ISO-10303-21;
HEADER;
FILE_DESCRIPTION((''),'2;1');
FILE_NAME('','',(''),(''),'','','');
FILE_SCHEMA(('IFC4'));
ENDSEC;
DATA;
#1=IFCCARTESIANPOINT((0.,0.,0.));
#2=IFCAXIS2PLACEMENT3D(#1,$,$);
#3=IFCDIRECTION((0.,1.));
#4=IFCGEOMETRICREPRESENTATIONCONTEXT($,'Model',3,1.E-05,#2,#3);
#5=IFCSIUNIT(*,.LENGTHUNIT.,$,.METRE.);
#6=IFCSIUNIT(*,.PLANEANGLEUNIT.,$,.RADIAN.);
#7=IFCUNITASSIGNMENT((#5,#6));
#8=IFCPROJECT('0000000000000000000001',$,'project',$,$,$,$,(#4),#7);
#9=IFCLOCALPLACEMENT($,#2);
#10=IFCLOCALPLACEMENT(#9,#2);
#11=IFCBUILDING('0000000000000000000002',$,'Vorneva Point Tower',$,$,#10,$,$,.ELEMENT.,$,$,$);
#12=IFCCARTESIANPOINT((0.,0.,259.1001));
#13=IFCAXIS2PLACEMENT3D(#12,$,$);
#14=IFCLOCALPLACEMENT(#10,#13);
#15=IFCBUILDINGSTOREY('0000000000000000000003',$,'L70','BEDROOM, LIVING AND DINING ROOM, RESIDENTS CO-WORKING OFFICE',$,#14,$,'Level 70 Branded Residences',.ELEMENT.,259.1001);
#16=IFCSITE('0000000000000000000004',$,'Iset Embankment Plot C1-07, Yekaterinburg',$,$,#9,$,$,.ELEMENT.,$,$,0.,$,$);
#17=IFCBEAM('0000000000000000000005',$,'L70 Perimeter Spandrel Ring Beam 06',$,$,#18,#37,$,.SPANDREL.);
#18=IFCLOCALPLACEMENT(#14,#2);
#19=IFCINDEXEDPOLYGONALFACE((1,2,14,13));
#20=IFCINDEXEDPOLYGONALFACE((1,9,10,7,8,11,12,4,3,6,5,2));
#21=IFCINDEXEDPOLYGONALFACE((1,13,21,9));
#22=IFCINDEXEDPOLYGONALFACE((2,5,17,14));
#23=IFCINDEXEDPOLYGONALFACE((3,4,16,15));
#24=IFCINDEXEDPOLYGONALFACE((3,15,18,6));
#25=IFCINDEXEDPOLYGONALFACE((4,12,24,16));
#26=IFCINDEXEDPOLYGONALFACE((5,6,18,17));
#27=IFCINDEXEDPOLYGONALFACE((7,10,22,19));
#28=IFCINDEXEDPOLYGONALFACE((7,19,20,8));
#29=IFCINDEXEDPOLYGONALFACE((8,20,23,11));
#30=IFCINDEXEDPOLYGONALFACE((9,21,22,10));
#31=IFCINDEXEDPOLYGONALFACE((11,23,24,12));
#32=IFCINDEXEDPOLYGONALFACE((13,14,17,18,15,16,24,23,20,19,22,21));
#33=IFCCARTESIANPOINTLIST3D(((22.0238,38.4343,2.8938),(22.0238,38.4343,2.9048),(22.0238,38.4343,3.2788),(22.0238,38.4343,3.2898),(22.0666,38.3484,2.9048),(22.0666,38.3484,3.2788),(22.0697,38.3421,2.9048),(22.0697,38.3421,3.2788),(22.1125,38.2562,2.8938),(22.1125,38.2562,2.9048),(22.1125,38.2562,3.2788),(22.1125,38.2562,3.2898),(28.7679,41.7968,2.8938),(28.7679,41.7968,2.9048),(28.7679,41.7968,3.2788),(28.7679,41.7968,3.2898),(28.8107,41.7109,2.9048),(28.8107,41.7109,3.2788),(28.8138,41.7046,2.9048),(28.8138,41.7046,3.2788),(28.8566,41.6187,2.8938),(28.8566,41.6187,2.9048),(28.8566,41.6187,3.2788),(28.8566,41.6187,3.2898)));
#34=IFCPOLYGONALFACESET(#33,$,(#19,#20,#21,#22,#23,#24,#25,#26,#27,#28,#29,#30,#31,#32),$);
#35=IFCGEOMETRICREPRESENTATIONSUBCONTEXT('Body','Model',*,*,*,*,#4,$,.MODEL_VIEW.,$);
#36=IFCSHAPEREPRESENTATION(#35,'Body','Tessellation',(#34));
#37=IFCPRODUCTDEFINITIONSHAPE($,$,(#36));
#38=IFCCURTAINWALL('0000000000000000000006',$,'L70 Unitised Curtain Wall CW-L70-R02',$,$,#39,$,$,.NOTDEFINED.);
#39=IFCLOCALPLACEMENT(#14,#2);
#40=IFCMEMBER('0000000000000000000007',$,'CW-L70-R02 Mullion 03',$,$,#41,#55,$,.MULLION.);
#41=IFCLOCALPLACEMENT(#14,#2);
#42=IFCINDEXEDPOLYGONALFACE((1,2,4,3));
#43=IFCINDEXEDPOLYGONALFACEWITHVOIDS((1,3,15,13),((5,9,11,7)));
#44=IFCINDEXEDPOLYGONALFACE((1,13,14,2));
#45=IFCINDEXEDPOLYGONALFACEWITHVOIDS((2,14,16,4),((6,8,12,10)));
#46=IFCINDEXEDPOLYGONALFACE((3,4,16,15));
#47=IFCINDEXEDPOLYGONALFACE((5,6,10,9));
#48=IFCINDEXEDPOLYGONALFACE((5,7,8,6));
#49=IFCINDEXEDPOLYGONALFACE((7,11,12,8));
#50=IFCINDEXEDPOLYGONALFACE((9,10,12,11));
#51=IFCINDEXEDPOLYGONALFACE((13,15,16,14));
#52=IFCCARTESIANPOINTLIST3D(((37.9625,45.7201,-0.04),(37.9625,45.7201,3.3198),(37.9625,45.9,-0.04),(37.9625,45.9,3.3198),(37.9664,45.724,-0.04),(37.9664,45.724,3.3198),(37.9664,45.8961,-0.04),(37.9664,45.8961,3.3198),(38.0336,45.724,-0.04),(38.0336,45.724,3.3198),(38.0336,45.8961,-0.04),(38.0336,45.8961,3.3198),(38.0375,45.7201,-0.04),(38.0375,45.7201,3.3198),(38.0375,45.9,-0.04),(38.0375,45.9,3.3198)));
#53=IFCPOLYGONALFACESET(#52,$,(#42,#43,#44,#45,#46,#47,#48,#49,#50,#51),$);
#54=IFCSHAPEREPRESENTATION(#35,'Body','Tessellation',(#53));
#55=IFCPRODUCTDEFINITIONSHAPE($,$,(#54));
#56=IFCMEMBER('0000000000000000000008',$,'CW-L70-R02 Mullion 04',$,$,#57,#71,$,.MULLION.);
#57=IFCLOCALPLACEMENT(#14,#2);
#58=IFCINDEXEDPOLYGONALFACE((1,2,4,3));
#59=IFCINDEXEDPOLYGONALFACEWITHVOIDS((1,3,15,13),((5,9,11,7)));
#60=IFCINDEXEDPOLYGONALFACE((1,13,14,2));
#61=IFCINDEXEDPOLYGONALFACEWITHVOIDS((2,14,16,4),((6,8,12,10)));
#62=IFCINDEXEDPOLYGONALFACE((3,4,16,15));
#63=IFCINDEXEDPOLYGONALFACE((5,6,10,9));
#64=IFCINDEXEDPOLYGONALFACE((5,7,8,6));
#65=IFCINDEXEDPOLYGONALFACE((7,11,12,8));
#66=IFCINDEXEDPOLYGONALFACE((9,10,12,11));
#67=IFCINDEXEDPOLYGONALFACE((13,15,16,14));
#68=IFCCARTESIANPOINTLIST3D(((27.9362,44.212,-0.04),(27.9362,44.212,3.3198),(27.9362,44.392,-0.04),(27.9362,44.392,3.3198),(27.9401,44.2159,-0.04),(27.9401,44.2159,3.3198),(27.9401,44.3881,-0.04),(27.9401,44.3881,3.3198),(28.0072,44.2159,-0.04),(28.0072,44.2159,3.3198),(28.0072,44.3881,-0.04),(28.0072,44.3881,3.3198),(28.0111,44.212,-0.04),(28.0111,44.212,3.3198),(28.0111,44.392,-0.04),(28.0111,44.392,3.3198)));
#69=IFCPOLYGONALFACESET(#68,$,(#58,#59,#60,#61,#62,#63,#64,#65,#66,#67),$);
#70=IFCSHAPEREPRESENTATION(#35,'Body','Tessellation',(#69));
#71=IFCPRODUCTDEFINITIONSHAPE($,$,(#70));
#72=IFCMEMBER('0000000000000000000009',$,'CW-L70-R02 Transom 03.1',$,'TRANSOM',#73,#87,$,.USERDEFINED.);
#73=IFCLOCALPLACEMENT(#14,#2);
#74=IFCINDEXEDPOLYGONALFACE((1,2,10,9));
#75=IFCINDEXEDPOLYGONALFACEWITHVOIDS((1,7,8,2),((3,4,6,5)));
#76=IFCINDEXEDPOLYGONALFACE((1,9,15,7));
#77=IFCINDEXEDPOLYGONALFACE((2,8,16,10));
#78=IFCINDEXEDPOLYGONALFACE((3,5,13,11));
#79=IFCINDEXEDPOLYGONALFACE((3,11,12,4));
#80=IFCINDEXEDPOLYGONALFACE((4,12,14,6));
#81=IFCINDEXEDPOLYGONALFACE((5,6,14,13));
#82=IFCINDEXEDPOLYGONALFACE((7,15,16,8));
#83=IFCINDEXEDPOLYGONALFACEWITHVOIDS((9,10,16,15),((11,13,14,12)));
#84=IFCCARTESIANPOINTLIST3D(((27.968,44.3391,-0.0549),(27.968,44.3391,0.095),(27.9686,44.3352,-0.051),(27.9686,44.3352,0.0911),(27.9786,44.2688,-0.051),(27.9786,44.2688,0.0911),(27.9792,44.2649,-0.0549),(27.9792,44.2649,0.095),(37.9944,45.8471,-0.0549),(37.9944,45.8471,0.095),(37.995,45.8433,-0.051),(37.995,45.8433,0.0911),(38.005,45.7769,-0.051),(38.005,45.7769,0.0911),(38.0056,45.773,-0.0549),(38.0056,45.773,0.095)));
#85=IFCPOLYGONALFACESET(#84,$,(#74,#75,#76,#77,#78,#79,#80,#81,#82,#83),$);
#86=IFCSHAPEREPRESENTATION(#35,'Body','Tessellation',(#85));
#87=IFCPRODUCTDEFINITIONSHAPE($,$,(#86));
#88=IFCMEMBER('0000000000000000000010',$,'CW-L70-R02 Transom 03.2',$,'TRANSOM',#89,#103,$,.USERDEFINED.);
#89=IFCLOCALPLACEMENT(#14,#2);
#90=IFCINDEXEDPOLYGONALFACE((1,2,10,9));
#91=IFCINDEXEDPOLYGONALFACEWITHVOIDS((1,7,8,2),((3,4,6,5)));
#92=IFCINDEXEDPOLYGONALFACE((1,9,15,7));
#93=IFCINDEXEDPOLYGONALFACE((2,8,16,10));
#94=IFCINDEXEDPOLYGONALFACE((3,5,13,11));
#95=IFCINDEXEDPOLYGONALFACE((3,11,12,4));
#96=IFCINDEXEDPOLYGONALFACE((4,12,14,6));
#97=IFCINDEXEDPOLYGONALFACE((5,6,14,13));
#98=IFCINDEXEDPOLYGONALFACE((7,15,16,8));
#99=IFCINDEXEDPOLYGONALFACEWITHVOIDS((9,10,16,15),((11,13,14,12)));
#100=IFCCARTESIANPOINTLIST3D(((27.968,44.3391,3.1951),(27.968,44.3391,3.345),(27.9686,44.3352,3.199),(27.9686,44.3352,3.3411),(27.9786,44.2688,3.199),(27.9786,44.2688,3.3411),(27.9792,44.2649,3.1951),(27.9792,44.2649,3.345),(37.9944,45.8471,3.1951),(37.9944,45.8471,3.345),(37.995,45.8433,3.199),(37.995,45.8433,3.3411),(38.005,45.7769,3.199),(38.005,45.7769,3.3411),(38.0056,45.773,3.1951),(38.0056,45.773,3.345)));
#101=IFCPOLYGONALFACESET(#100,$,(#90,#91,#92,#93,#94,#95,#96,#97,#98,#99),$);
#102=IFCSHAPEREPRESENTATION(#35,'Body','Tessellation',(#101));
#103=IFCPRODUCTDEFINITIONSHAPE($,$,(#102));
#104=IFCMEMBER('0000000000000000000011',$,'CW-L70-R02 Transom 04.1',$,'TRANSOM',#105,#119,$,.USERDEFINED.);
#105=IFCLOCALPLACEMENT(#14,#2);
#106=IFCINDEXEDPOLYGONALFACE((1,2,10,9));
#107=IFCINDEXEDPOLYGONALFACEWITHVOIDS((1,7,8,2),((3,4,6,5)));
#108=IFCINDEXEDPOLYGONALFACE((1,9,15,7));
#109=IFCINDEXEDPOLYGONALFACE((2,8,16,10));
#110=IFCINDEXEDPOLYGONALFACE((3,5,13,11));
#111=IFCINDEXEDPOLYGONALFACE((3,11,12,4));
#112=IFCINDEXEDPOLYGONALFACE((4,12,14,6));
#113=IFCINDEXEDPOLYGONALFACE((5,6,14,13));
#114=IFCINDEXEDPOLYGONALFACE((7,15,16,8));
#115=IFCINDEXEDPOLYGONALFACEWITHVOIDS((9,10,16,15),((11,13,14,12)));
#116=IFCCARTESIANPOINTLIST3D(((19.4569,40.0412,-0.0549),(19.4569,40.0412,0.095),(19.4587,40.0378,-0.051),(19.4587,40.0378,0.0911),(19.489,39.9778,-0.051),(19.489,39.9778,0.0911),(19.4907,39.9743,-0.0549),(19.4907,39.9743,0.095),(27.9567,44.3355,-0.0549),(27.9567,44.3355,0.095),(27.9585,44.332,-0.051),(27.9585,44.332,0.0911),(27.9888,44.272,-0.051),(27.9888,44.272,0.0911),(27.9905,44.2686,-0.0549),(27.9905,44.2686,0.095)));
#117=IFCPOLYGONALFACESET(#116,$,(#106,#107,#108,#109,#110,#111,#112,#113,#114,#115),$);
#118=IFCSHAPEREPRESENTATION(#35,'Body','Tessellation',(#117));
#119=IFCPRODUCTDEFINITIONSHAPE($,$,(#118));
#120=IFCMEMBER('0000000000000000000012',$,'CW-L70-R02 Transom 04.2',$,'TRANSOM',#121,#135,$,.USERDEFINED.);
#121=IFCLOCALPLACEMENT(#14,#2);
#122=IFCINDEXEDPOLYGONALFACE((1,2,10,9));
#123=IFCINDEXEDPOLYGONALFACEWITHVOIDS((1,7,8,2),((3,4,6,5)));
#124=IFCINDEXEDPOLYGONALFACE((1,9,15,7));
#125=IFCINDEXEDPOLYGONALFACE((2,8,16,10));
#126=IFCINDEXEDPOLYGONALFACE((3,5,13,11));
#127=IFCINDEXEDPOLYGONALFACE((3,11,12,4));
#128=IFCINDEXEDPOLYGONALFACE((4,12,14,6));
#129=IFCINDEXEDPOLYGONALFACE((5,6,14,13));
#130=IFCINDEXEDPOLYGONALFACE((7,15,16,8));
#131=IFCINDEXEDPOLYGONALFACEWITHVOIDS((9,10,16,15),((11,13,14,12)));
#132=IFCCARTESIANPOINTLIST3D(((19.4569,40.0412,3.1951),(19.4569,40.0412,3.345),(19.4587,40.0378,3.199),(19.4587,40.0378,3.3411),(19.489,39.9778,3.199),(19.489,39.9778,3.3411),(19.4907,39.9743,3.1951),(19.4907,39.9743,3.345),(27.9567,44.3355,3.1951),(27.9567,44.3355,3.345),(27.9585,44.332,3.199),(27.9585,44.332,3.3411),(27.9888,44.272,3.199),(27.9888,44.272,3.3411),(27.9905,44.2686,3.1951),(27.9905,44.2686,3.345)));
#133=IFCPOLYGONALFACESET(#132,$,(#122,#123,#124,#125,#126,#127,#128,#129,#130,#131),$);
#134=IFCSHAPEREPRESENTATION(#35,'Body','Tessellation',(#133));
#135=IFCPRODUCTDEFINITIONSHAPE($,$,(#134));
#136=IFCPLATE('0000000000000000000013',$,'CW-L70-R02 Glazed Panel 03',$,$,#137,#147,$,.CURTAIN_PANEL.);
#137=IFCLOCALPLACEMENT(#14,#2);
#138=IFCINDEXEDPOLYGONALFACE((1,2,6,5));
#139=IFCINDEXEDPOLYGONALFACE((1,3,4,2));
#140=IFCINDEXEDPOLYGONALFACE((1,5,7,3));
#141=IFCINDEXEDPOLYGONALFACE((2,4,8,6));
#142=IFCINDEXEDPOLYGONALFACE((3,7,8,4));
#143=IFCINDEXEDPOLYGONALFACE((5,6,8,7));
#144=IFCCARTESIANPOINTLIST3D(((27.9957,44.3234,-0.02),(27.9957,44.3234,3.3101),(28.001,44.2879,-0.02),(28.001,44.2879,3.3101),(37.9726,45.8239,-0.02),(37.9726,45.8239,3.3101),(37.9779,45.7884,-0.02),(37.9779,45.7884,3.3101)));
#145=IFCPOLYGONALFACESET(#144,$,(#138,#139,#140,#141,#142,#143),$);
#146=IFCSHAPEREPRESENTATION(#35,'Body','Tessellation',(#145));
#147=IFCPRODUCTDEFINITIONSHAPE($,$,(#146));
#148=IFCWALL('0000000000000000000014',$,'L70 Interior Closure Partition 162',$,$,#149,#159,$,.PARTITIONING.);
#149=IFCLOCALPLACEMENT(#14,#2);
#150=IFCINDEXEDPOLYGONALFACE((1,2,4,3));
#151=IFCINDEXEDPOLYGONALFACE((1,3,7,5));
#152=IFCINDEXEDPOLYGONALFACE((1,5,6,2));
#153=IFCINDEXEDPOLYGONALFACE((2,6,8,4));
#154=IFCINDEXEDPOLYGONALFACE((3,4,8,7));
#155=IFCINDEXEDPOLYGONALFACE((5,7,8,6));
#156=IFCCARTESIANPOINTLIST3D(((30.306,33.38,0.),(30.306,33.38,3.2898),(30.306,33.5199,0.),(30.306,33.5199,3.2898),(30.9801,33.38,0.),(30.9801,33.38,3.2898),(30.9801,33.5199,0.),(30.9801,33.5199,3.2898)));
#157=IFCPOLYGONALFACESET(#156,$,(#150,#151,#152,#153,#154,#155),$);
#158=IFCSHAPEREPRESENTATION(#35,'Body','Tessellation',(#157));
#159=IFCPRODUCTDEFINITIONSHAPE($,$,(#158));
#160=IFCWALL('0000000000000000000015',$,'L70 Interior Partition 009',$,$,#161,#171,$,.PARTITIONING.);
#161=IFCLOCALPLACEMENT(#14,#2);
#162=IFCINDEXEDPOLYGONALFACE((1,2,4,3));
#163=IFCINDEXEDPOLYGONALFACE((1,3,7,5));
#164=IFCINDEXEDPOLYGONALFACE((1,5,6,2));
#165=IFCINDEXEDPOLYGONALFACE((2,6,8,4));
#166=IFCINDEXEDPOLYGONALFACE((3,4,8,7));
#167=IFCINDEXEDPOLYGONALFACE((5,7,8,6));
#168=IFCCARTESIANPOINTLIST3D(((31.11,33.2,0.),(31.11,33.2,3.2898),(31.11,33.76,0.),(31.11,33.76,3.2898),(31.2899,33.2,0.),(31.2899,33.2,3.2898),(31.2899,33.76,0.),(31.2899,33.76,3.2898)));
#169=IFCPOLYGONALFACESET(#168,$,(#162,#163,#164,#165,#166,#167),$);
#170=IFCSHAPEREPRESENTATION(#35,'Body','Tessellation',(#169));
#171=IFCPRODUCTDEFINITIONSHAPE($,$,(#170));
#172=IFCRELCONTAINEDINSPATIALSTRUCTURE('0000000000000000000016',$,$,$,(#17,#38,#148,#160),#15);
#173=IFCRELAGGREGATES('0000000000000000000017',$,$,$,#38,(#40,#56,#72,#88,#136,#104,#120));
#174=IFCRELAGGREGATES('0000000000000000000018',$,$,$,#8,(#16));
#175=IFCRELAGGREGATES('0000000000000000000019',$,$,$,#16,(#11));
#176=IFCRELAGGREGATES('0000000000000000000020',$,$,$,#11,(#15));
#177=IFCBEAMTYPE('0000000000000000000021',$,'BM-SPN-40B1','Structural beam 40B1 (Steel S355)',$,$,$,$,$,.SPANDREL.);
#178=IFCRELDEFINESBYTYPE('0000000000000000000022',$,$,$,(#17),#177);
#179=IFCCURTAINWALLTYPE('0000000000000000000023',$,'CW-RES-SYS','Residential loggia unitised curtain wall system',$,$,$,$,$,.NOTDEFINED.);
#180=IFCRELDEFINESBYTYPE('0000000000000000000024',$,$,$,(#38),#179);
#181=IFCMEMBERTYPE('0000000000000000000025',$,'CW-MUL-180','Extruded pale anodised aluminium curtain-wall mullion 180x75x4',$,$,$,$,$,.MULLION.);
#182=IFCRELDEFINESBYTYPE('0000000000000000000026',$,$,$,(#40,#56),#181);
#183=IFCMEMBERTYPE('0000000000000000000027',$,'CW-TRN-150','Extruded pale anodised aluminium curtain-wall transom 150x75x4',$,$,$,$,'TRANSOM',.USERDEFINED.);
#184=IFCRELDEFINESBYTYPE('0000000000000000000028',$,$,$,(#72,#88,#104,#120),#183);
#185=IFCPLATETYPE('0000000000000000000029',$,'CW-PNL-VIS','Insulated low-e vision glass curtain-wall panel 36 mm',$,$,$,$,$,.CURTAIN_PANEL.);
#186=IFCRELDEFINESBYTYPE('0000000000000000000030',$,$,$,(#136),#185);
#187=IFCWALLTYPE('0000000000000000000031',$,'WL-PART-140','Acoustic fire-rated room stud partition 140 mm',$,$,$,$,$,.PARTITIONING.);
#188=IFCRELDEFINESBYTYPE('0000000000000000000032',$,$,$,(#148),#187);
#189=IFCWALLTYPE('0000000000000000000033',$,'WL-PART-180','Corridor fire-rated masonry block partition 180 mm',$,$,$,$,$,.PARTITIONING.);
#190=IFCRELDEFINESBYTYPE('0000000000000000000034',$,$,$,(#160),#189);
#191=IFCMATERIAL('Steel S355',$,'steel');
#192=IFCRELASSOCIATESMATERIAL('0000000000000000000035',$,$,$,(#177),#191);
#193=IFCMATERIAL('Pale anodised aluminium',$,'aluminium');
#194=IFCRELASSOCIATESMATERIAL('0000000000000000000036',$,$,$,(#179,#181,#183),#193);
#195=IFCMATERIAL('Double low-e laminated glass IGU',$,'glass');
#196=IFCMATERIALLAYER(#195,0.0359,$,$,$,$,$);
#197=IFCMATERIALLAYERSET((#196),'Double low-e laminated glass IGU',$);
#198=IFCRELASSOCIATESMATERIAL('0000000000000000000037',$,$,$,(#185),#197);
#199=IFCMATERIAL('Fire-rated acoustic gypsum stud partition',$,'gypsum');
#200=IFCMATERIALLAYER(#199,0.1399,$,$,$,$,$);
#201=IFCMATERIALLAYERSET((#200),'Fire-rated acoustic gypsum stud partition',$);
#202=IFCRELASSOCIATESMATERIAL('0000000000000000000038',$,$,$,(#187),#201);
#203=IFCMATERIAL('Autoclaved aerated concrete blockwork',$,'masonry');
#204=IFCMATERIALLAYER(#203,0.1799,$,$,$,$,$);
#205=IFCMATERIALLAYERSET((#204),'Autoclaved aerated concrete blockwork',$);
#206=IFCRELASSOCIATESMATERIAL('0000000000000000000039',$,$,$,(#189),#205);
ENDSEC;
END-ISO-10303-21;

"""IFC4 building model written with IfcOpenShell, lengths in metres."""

from ifc_helpers import new_model, si_unit, direction, frame, frame_2d, origin, origin_2d, place, context, subcontext, project, spatial, rectangle, hollow_rectangle, i_section, extrude, material, layer, layer_set, material_profile, profile_set, type_object, element, aggregate, save


model = new_model("IFC4")

# Units and contexts
model_context = context("Model", 3, precision=1e-05, world=origin(), true_north=direction((0.0, 1.0)))
body_context = subcontext(model_context, "Body", "Model", "MODEL_VIEW")
ifc_project = project(units=[si_unit("LENGTHUNIT", "METRE"), si_unit("PLANEANGLEUNIT", "RADIAN")], contexts=[model_context])

# Site, building, storey
site_placement = place(None, origin())
site = spatial("IfcSite", under=ifc_project, at=site_placement, Name="Iset Embankment Plot C1-07, Yekaterinburg", CompositionType="ELEMENT", RefElevation=0.0)
building_placement = place(site_placement, origin())
building = spatial("IfcBuilding", under=site, at=building_placement, Name="Vorneva Point Tower", CompositionType="ELEMENT")
storey_placement = place(building_placement, frame((0.0, 0.0, 259.1001)))
storey = spatial("IfcBuildingStorey", under=building, at=storey_placement, Name="L70", Description="BEDROOM, LIVING AND DINING ROOM, RESIDENTS CO-WORKING OFFICE", LongName="Level 70 Branded Residences", CompositionType="ELEMENT", Elevation=259.1001)

# Beam
ifc_material_1 = material(Name="Steel S355", Category="steel")
ifc_material_profile_1 = material_profile(ifc_material_1, i_section(OverallWidth=0.199, OverallDepth=0.396, WebThickness=0.0071, FlangeThickness=0.011, at=origin_2d()), Name="40B1")
ifc_profile_set_1 = profile_set([ifc_material_profile_1], Name="Steel S355")
beam_type_1 = type_object("IfcBeamType", Name="BM-SPN-40B1", Description="Structural beam 40B1 (Steel S355)", PredefinedType="SPANDREL", material=ifc_profile_set_1)
beam_1_placement = place(storey_placement, frame((28.8123, 41.7078, 3.0918), z_axis=(-0.894932, -0.446203, 0.0), x_axis=(0.446203, -0.894932, 0.0)))
element("IfcBeam", 1, at=beam_1_placement, inside=storey, type_object=beam_type_1, Name="L70 Perimeter Spandrel Ring Beam 06", PredefinedType="SPANDREL", context=body_context, shape_type="SweptSolid", body=[
    extrude(i_section(OverallWidth=0.199, OverallDepth=0.396, WebThickness=0.0071, FlangeThickness=0.011, at=origin_2d()), origin(), (0.0, 0.0, 1.0), 7.5359),
])

# Curtain wall, members, plate
ifc_material_2 = material(Name="Pale anodised aluminium", Category="aluminium")
curtain_wall_type = type_object("IfcCurtainWallType", Name="CW-RES-SYS", Description="Residential loggia unitised curtain wall system", PredefinedType="NOTDEFINED", material=ifc_material_2)
curtain_wall_placement = place(storey_placement, origin())
curtain_wall = element("IfcCurtainWall", 2, at=curtain_wall_placement, inside=storey, type_object=curtain_wall_type, Name="L70 Unitised Curtain Wall CW-L70-R02", PredefinedType="NOTDEFINED")
ifc_material_profile_2 = material_profile(ifc_material_2, hollow_rectangle(XDim=0.075, YDim=0.1799, WallThickness=0.0039, at=origin_2d()), Name="AL-MUL 180x75x4")
ifc_profile_set_2 = profile_set([ifc_material_profile_2], Name="Pale anodised aluminium")
member_type_1 = type_object("IfcMemberType", Name="CW-MUL-180", Description="Extruded pale anodised aluminium curtain-wall mullion 180x75x4", PredefinedType="MULLION", material=ifc_profile_set_2)
member_1_placement = place(storey_placement, frame((38.0, 45.8101, -0.04), z_axis=(0.0, 0.0, 1.0), x_axis=(1.0, 0.0, 0.0)))
member_1 = element("IfcMember", 3, at=member_1_placement, type_object=member_type_1, Name="CW-L70-R02 Mullion 03", PredefinedType="MULLION", context=body_context, shape_type="SweptSolid", body=[
    extrude(hollow_rectangle(XDim=0.075, YDim=0.1799, WallThickness=0.0039, at=origin_2d()), origin(), (0.0, 0.0, 1.0), 3.3599),
])
member_2_placement = place(storey_placement, frame((27.9736, 44.302, -0.04), z_axis=(0.0, 0.0, 1.0), x_axis=(1.0, 0.0, 0.0)))
member_2 = element("IfcMember", 4, at=member_2_placement, type_object=member_type_1, Name="CW-L70-R02 Mullion 04", PredefinedType="MULLION", context=body_context, shape_type="SweptSolid", body=[
    extrude(hollow_rectangle(XDim=0.075, YDim=0.1799, WallThickness=0.0039, at=origin_2d()), origin(), (0.0, 0.0, 1.0), 3.3599),
])
ifc_material_profile_3 = material_profile(ifc_material_2, hollow_rectangle(XDim=0.075, YDim=0.1499, WallThickness=0.0039, at=origin_2d()), Name="AL-TRN 150x75x4")
ifc_profile_set_3 = profile_set([ifc_material_profile_3], Name="Pale anodised aluminium")
member_type_2 = type_object("IfcMemberType", Name="CW-TRN-150", Description="Extruded pale anodised aluminium curtain-wall transom 150x75x4", ElementType="TRANSOM", PredefinedType="USERDEFINED", material=ifc_profile_set_3)
member_3_placement = place(storey_placement, frame((38.0, 45.8101, 0.02), z_axis=(-0.988877, -0.148736, 0.0), x_axis=(0.148736, -0.988877, 0.0)))
member_3 = element("IfcMember", 5, at=member_3_placement, type_object=member_type_2, Name="CW-L70-R02 Transom 03.1", ObjectType="TRANSOM", PredefinedType="USERDEFINED", context=body_context, shape_type="SweptSolid", body=[
    extrude(hollow_rectangle(XDim=0.075, YDim=0.1499, WallThickness=0.0039, at=origin_2d()), origin(), (0.0, 0.0, 1.0), 10.1392),
])
member_4_placement = place(storey_placement, frame((38.0, 45.8101, 3.27), z_axis=(-0.988877, -0.148736, 0.0), x_axis=(0.148736, -0.988877, 0.0)))
member_4 = element("IfcMember", 6, at=member_4_placement, type_object=member_type_2, Name="CW-L70-R02 Transom 03.2", ObjectType="TRANSOM", PredefinedType="USERDEFINED", context=body_context, shape_type="SweptSolid", body=[
    extrude(hollow_rectangle(XDim=0.075, YDim=0.1499, WallThickness=0.0039, at=origin_2d()), origin(), (0.0, 0.0, 1.0), 10.1392),
])
member_5_placement = place(storey_placement, frame((27.9736, 44.302, 0.02), z_axis=(-0.892558, -0.450932, 0.0), x_axis=(0.450932, -0.892558, 0.0)))
member_5 = element("IfcMember", 7, at=member_5_placement, type_object=member_type_2, Name="CW-L70-R02 Transom 04.1", ObjectType="TRANSOM", PredefinedType="USERDEFINED", context=body_context, shape_type="SweptSolid", body=[
    extrude(hollow_rectangle(XDim=0.075, YDim=0.1499, WallThickness=0.0039, at=origin_2d()), origin(), (0.0, 0.0, 1.0), 9.5229),
])
member_6_placement = place(storey_placement, frame((27.9736, 44.302, 3.27), z_axis=(-0.892558, -0.450932, 0.0), x_axis=(0.450932, -0.892558, 0.0)))
member_6 = element("IfcMember", 8, at=member_6_placement, type_object=member_type_2, Name="CW-L70-R02 Transom 04.2", ObjectType="TRANSOM", PredefinedType="USERDEFINED", context=body_context, shape_type="SweptSolid", body=[
    extrude(hollow_rectangle(XDim=0.075, YDim=0.1499, WallThickness=0.0039, at=origin_2d()), origin(), (0.0, 0.0, 1.0), 9.5229),
])
ifc_material_3 = material(Name="Double low-e laminated glass IGU", Category="glass")
ifc_layer_1 = layer(ifc_material_3, 0.0359)
ifc_layer_set_1 = layer_set([ifc_layer_1], Name="Double low-e laminated glass IGU")
plate_type = type_object("IfcPlateType", Name="CW-PNL-VIS", Description="Insulated low-e vision glass curtain-wall panel 36 mm", PredefinedType="CURTAIN_PANEL", material=ifc_layer_set_1)
plate_placement = place(storey_placement, frame((32.9868, 45.0559, -0.02), z_axis=(0.0, 0.0, 1.0), x_axis=(-0.988879, -0.148724, 0.0)))
plate = element("IfcPlate", 9, at=plate_placement, type_object=plate_type, Name="CW-L70-R02 Glazed Panel 03", PredefinedType="CURTAIN_PANEL", context=body_context, shape_type="SweptSolid", body=[
    extrude(rectangle(XDim=10.0891, YDim=0.0359, at=origin_2d()), origin(), (0.0, 0.0, 1.0), 3.3301),
])
aggregate(curtain_wall, [member_1, member_2, member_3, member_4, plate, member_5, member_6])

# Wall
ifc_material_4 = material(Name="Fire-rated acoustic gypsum stud partition", Category="gypsum")
ifc_layer_2 = layer(ifc_material_4, 0.1399)
ifc_layer_set_2 = layer_set([ifc_layer_2], Name="Fire-rated acoustic gypsum stud partition")
wall_type_1 = type_object("IfcWallType", Name="WL-PART-140", Description="Acoustic fire-rated room stud partition 140 mm", PredefinedType="PARTITIONING", material=ifc_layer_set_2)
wall_1_placement = place(storey_placement, frame((30.98, 33.45, 0.0), z_axis=(0.0, 0.0, 1.0), x_axis=(-1.0, 0.0, 0.0)))
element("IfcWall", 10, at=wall_1_placement, inside=storey, type_object=wall_type_1, Name="L70 Interior Closure Partition 162", PredefinedType="PARTITIONING", context=body_context, shape_type="SweptSolid", body=[
    extrude(rectangle(XDim=0.6741, YDim=0.1399, at=frame_2d((0.3369, 0.0))), origin(), (0.0, 0.0, 1.0), 3.2898),
])

# Shared definitions
ifc_material_5 = material(Name="Autoclaved aerated concrete blockwork", Category="masonry")
ifc_layer_3 = layer(ifc_material_5, 0.1799)
ifc_layer_set_3 = layer_set([ifc_layer_3], Name="Autoclaved aerated concrete blockwork")
wall_type_2 = type_object("IfcWallType", Name="WL-PART-180", Description="Corridor fire-rated masonry block partition 180 mm", PredefinedType="PARTITIONING", material=ifc_layer_set_3)

# Wall
wall_2_placement = place(storey_placement, frame((31.2, 33.76, 0.0), z_axis=(0.0, 0.0, 1.0), x_axis=(0.0, -1.0, 0.0)))
element("IfcWall", 11, at=wall_2_placement, inside=storey, type_object=wall_type_2, Name="L70 Interior Partition 009", PredefinedType="PARTITIONING", context=body_context, shape_type="SweptSolid", body=[
    extrude(rectangle(XDim=0.5601, YDim=0.1799, at=frame_2d((0.28, 0.0))), origin(), (0.0, 0.0, 1.0), 3.2898),
])

save(model, "model.ifc")
